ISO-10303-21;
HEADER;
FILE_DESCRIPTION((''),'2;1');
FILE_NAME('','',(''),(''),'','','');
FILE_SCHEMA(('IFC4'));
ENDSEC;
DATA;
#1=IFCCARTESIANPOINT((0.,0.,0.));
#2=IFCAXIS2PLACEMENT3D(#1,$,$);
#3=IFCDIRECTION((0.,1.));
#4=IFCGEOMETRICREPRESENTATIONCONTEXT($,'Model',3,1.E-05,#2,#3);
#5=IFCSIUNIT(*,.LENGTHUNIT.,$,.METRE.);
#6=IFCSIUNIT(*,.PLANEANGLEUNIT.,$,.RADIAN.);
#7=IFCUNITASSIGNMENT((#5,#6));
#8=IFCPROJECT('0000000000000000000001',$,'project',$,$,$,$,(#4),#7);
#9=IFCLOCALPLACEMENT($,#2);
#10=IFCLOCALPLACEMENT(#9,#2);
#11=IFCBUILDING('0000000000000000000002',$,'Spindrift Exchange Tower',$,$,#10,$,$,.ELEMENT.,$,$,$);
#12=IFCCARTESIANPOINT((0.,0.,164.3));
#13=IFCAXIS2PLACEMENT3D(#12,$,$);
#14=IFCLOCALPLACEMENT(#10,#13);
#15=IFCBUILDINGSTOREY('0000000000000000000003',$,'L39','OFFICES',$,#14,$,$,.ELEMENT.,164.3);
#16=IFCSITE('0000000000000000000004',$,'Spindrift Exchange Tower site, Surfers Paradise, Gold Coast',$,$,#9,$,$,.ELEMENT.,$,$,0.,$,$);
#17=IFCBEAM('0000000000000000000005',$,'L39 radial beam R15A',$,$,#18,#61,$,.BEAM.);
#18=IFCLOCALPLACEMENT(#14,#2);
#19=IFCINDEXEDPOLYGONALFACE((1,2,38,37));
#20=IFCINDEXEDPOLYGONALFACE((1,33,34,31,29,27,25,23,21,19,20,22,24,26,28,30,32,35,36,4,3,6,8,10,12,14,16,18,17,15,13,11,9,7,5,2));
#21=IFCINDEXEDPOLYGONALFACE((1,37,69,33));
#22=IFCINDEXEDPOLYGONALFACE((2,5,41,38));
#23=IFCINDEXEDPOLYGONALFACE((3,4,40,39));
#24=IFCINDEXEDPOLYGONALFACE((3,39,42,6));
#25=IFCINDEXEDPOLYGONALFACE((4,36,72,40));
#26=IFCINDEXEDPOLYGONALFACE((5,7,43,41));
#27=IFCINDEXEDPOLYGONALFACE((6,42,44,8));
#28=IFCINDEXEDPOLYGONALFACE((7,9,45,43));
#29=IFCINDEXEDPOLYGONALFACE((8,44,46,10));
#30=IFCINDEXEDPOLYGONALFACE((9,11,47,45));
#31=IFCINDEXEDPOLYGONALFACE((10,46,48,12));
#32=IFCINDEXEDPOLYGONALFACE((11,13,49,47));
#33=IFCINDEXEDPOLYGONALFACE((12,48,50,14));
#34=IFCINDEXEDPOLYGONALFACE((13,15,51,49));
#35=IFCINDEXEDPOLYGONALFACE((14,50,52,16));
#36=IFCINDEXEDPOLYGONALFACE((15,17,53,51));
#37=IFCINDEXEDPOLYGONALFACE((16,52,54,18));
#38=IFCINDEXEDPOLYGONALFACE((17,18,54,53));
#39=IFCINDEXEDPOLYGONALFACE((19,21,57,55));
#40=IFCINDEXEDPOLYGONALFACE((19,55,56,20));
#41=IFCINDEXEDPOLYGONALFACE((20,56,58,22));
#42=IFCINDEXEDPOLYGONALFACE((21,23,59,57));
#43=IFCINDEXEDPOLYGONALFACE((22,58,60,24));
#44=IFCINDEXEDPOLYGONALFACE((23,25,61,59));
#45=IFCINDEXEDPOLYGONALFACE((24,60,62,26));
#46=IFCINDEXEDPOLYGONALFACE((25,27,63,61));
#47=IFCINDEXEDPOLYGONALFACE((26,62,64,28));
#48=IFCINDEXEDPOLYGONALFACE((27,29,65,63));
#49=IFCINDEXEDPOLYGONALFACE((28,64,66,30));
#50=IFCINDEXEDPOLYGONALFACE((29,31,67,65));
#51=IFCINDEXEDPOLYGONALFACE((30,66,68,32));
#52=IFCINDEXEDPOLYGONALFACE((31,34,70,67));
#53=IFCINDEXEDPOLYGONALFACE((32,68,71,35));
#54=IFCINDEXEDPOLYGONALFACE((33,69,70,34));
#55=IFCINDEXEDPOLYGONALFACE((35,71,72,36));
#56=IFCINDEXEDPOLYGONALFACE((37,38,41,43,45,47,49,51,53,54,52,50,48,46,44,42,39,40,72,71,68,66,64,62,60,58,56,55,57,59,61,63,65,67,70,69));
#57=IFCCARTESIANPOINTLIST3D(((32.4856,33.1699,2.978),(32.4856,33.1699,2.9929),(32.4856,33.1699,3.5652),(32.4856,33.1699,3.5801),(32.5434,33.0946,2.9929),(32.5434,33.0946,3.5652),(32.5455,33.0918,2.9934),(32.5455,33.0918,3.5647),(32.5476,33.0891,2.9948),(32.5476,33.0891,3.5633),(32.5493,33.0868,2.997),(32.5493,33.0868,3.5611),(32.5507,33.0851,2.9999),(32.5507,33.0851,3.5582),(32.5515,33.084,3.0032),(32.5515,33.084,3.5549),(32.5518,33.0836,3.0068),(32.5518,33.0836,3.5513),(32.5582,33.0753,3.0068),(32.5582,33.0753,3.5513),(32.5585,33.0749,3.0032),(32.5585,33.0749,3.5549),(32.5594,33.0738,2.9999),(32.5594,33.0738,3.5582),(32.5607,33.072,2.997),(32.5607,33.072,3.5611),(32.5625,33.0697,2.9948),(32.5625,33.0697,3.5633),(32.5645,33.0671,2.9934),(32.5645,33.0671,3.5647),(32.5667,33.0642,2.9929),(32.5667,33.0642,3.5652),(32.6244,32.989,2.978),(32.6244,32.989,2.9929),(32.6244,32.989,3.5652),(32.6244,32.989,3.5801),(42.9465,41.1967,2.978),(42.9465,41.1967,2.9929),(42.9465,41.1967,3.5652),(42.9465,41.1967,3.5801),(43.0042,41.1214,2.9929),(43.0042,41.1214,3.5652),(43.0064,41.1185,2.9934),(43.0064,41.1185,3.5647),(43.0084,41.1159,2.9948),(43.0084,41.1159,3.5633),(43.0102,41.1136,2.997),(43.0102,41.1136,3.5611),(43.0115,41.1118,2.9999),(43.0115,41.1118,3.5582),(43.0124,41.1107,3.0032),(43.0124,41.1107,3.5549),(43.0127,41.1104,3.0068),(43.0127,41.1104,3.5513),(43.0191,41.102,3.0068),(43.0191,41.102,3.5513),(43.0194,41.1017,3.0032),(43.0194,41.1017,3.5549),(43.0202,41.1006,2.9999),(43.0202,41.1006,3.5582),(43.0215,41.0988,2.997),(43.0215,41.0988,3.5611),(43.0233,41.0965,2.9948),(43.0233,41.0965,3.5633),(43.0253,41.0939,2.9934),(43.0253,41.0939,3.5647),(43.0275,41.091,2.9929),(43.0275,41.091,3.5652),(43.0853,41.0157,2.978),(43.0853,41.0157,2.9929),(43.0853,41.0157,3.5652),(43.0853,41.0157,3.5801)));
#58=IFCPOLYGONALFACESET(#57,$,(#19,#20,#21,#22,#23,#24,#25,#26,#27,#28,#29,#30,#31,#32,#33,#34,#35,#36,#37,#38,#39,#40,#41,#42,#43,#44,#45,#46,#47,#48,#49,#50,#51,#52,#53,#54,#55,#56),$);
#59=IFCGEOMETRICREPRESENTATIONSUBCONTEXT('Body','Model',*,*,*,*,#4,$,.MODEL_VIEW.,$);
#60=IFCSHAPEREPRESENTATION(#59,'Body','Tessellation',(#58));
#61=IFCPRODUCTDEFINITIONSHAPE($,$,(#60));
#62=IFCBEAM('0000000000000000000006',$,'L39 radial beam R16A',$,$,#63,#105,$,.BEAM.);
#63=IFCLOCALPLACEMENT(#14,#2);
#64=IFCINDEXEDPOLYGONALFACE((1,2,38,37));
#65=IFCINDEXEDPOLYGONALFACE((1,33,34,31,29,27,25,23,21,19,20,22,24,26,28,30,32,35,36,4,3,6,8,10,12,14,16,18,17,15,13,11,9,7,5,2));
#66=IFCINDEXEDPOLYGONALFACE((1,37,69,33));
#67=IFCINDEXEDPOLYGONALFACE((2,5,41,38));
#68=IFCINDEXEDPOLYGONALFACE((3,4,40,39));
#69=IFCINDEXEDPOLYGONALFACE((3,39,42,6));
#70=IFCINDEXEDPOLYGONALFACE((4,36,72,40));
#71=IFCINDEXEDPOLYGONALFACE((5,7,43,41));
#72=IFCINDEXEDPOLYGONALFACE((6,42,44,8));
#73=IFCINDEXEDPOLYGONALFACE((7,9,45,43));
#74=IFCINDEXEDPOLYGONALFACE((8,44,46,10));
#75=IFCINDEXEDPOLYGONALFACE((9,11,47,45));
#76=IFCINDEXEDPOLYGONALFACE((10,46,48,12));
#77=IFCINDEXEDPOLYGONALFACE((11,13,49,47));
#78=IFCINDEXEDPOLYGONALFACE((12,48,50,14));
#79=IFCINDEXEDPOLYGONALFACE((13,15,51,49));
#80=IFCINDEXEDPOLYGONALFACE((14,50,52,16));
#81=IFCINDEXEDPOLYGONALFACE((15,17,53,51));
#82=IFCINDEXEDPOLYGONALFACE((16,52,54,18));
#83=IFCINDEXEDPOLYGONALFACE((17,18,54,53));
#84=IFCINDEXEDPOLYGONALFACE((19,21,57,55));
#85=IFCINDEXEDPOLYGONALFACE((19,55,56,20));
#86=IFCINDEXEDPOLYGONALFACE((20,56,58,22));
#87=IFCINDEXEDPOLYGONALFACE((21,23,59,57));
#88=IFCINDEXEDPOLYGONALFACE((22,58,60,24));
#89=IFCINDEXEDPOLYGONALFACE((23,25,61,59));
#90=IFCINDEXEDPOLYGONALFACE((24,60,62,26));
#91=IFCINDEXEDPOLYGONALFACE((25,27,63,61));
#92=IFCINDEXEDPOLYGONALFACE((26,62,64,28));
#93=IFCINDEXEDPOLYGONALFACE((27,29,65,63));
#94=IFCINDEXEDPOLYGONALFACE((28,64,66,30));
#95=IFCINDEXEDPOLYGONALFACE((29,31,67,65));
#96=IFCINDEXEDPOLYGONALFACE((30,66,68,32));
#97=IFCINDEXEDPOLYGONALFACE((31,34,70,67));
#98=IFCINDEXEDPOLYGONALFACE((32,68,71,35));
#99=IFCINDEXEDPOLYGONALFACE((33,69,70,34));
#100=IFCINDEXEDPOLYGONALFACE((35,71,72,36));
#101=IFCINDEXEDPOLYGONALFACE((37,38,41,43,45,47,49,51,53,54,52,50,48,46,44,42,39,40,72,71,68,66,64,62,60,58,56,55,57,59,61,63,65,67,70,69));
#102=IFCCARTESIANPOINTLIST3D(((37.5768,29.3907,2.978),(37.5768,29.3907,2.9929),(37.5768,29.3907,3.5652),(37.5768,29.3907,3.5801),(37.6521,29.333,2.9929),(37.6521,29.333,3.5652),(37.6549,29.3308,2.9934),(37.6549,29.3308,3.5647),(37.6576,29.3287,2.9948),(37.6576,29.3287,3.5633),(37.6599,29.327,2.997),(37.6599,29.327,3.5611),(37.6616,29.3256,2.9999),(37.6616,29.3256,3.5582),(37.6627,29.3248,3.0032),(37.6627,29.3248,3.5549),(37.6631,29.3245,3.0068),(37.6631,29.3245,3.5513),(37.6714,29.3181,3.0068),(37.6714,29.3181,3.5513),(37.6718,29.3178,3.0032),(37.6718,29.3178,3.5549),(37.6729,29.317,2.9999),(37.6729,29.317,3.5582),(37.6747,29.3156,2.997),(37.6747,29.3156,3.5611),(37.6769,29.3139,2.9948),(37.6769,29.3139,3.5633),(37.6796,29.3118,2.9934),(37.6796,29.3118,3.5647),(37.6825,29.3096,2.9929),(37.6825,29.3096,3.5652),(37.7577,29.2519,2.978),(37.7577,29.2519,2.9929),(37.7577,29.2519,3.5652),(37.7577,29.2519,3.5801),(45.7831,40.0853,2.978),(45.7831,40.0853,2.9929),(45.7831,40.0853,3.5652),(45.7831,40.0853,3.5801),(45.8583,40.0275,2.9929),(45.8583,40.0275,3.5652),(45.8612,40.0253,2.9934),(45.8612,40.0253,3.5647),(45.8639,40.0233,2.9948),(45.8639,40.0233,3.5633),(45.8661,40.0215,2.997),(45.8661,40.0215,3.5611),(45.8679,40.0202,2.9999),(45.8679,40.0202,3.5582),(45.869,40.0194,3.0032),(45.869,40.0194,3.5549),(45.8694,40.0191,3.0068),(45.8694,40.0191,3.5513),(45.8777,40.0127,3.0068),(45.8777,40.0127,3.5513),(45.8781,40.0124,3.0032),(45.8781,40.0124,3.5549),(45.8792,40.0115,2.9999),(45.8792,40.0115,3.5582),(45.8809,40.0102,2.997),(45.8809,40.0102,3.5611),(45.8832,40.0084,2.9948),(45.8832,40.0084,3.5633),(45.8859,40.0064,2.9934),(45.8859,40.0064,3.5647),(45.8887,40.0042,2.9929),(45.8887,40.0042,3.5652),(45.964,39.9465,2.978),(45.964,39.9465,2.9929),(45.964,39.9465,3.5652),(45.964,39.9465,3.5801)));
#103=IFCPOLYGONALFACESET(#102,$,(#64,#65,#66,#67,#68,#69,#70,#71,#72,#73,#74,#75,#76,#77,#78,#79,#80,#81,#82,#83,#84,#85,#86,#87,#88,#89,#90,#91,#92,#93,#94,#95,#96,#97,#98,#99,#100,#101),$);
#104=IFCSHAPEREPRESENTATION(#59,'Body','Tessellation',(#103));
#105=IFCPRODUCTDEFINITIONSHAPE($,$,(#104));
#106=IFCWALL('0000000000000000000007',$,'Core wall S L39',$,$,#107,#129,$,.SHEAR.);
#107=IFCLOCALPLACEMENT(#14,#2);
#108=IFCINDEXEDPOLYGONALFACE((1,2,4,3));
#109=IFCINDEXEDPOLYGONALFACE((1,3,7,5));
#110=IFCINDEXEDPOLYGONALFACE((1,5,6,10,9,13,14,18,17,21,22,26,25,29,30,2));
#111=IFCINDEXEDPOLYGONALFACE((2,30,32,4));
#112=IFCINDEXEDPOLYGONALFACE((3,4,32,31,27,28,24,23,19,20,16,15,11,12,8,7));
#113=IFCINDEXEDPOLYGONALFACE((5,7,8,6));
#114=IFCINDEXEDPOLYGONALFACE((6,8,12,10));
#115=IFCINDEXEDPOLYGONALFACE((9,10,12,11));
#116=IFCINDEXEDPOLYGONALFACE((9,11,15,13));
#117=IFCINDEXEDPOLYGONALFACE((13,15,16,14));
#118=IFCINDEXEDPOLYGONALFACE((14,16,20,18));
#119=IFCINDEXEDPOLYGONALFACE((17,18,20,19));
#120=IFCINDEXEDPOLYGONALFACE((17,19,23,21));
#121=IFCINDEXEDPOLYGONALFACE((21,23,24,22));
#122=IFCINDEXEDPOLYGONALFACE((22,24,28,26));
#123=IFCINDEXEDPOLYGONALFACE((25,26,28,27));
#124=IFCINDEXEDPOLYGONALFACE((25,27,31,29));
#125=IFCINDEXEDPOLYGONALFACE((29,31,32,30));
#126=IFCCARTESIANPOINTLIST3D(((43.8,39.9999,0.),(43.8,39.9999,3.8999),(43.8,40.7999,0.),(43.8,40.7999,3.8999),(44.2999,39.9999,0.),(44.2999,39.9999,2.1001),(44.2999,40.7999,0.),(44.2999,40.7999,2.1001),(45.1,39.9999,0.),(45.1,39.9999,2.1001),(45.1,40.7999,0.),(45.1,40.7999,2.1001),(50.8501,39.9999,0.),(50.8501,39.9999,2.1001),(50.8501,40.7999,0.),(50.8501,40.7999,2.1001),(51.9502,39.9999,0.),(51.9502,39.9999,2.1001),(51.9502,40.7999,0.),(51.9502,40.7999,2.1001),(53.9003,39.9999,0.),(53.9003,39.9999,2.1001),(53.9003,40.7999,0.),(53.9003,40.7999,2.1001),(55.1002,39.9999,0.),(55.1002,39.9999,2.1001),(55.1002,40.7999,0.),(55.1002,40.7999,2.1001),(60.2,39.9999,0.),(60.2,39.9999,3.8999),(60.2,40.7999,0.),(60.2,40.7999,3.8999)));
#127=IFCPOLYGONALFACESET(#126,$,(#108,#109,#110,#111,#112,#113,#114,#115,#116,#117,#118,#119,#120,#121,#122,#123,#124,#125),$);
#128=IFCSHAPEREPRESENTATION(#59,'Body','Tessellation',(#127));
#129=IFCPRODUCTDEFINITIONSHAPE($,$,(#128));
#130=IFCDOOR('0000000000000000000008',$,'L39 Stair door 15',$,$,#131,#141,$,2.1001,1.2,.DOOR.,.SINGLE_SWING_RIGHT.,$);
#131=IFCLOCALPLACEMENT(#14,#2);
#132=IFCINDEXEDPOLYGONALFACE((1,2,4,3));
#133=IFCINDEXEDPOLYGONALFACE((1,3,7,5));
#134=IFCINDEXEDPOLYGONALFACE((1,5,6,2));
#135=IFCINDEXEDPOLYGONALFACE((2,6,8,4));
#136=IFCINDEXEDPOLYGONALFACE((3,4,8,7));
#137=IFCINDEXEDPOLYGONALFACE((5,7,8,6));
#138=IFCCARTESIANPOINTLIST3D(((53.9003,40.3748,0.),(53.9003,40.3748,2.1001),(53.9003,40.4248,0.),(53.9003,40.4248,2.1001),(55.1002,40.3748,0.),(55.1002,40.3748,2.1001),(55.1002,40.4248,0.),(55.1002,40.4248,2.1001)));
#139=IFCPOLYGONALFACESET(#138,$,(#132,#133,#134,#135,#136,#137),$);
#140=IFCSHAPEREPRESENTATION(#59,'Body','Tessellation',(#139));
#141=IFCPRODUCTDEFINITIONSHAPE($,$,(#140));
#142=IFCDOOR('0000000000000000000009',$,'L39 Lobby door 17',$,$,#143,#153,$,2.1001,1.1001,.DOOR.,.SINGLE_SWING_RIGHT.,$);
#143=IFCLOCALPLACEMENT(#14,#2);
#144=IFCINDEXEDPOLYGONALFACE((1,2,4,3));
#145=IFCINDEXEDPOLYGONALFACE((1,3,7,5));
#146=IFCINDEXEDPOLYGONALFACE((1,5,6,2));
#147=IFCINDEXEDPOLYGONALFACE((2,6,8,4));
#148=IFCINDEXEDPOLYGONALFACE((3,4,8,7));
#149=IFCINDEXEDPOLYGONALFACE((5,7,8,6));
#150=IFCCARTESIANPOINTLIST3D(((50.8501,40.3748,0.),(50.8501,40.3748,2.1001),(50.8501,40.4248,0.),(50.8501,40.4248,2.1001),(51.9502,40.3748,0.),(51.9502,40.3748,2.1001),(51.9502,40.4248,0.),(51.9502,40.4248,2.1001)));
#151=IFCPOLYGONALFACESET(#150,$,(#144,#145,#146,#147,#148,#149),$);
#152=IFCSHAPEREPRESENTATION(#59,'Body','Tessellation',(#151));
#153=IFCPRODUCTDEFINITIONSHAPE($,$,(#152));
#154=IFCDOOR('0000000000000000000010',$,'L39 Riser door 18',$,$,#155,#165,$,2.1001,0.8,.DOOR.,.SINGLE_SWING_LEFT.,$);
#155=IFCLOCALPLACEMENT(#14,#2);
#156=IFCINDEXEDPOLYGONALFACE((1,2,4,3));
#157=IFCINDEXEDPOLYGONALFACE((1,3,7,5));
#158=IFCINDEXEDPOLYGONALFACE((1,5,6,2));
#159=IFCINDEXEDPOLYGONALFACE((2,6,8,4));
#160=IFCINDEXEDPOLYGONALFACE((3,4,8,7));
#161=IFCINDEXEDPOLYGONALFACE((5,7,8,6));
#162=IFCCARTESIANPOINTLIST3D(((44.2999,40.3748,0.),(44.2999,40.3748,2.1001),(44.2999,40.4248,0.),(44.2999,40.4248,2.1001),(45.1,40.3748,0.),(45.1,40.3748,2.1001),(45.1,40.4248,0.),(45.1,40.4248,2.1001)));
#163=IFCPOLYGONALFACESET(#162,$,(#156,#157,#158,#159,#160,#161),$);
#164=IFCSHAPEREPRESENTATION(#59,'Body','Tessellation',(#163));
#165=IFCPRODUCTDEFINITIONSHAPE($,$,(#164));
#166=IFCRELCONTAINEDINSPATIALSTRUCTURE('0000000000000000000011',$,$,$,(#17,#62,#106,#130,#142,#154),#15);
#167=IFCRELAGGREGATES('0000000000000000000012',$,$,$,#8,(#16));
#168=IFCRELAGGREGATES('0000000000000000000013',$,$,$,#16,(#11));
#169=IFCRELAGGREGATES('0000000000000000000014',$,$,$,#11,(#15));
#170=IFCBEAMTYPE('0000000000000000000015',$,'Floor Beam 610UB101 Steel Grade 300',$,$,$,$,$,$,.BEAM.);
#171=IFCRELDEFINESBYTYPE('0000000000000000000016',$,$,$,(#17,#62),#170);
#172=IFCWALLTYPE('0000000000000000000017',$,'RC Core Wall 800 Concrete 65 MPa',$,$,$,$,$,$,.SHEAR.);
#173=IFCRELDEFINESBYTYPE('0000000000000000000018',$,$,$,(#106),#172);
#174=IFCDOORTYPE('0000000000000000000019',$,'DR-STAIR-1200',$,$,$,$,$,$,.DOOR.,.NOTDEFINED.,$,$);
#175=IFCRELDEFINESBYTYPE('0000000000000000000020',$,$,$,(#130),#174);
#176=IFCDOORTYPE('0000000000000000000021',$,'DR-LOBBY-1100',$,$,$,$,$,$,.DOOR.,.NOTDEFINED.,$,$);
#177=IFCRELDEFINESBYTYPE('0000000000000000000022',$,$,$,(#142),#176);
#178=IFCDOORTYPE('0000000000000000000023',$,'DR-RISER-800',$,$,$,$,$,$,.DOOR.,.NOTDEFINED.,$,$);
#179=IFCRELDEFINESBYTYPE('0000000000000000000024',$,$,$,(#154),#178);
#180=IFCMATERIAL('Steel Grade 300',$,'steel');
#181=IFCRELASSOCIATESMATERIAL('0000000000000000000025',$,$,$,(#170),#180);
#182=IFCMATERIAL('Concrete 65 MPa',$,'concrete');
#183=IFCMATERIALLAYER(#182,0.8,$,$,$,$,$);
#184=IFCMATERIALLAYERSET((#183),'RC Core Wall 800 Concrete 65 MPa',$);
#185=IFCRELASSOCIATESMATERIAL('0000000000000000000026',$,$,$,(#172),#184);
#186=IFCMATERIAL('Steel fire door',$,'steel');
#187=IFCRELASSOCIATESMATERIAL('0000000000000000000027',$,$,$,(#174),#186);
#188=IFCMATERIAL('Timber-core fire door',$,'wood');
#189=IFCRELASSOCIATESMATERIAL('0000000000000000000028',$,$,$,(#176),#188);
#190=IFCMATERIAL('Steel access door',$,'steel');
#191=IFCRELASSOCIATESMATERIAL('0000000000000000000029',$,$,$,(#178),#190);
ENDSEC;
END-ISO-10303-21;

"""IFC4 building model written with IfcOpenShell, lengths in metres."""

from ifc_helpers import new_model, si_unit, direction, frame, frame_2d, origin, origin_2d, place, context, subcontext, project, spatial, rectangle, i_section, extrude, source, transform, mapped, material, layer, layer_set, material_profile, profile_set, type_object, element, fill, save


model = new_model("IFC4")

# Units and contexts
model_context = context("Model", 3, precision=1e-05, world=origin(), true_north=direction((0.0, 1.0)))
body_context = subcontext(model_context, "Body", "Model", "MODEL_VIEW")
ifc_project = project(units=[si_unit("LENGTHUNIT", "METRE"), si_unit("PLANEANGLEUNIT", "RADIAN")], contexts=[model_context])

# Site, building, storey
site_placement = place(None, origin())
site = spatial("IfcSite", under=ifc_project, at=site_placement, Name="Spindrift Exchange Tower site, Surfers Paradise, Gold Coast", CompositionType="ELEMENT", RefElevation=0.0)
building_placement = place(site_placement, origin())
building = spatial("IfcBuilding", under=site, at=building_placement, Name="Spindrift Exchange Tower", CompositionType="ELEMENT")
storey_placement = place(building_placement, frame((0.0, 0.0, 164.3)))
storey = spatial("IfcBuildingStorey", under=building, at=storey_placement, Name="L39", Description="OFFICES", CompositionType="ELEMENT", Elevation=164.3)

# Beams
ifc_material_1 = material(Name="Steel Grade 300", Category="steel")
ifc_material_profile = material_profile(ifc_material_1, i_section(OverallWidth=0.228, OverallDepth=0.6021, WebThickness=0.0105, FlangeThickness=0.0149, FilletRadius=0.0139, at=origin_2d()), Name="610UB101")
ifc_profile_set = profile_set([ifc_material_profile], Name="Steel Grade 300")
beam_type = type_object("IfcBeamType", Name="Floor Beam 610UB101 Steel Grade 300", PredefinedType="BEAM", material=ifc_profile_set)
shared_shape_1 = source(origin(), body_context, "Body", "SweptSolid", [
    extrude(i_section(OverallWidth=0.228, OverallDepth=0.6021, WebThickness=0.0105, FlangeThickness=0.0149, FilletRadius=0.0139, at=origin_2d()), origin(), (0.0, 0.0, 1.0), 13.1855),
])
beam_1_placement = place(storey_placement, frame((43.0159, 41.1062, 3.2791), z_axis=(-0.793357, -0.608756, 0.0), x_axis=(0.608756, -0.793357, 0.0)))
element("IfcBeam", 1, at=beam_1_placement, inside=storey, type_object=beam_type, Name="L39 radial beam R15A", PredefinedType="BEAM", context=body_context, shape_type="MappedRepresentation", body=[
    mapped(shared_shape_1, transform((0.0, 0.0, 0.0), scale=1.0)),
])
shared_shape_2 = source(origin(), body_context, "Body", "SweptSolid", [
    extrude(i_section(OverallWidth=0.228, OverallDepth=0.6021, WebThickness=0.0105, FlangeThickness=0.0149, FilletRadius=0.0139, at=origin_2d()), origin(), (0.0, 0.0, 1.0), 13.4802),
])
beam_2_placement = place(storey_placement, frame((45.8735, 40.0159, 3.2791), z_axis=(-0.608764, -0.793351, 0.0), x_axis=(0.793351, -0.608764, 0.0)))
element("IfcBeam", 2, at=beam_2_placement, inside=storey, type_object=beam_type, Name="L39 radial beam R16A", PredefinedType="BEAM", context=body_context, shape_type="MappedRepresentation", body=[
    mapped(shared_shape_2, transform((0.0, 0.0, 0.0), scale=1.0)),
])

# Wall, openings, doors
ifc_material_2 = material(Name="Concrete 65 MPa", Category="concrete")
ifc_layer_1 = layer(ifc_material_2, 0.8)
ifc_layer_set_1 = layer_set([ifc_layer_1], Name="RC Core Wall 800 Concrete 65 MPa")
wall_type_1 = type_object("IfcWallType", Name="RC Core Wall 800 Concrete 65 MPa", PredefinedType="SHEAR", material=ifc_layer_set_1)
wall_1_placement = place(storey_placement, frame((43.8, 40.3999, 0.0), z_axis=(0.0, 0.0, 1.0), x_axis=(1.0, 0.0, 0.0)))
wall_1 = element("IfcWall", 3, at=wall_1_placement, inside=storey, type_object=wall_type_1, Name="Core wall S L39", PredefinedType="SHEAR", context=body_context, shape_type="SweptSolid", body=[
    extrude(rectangle(XDim=16.3999, YDim=0.8, at=frame_2d((8.2, 0.0))), origin(), (0.0, 0.0, 1.0), 3.8999),
])
opening_1_placement = place(wall_1_placement, frame((10.1001, 0.0, 0.0)))
opening_1 = element("IfcOpeningElement", 4, at=opening_1_placement, cuts=wall_1, PredefinedType="OPENING", context=body_context, shape_type="SweptSolid", body=[
    extrude(rectangle(XDim=1.2, YDim=2.1001, at=frame_2d((0.6001, 1.05))), frame((0.0, 0.4099, 0.0), z_axis=(0.0, -1.0, 0.0), x_axis=(1.0, 0.0, 0.0)), (0.0, 0.0, 1.0), 0.8201),
])
opening_2_placement = place(wall_1_placement, frame((7.05, 0.0, 0.0)))
opening_2 = element("IfcOpeningElement", 5, at=opening_2_placement, cuts=wall_1, PredefinedType="OPENING", context=body_context, shape_type="SweptSolid", body=[
    extrude(rectangle(XDim=1.1001, YDim=2.1001, at=frame_2d((0.55, 1.05))), frame((0.0, 0.4099, 0.0), z_axis=(0.0, -1.0, 0.0), x_axis=(1.0, 0.0, 0.0)), (0.0, 0.0, 1.0), 0.8201),
])
opening_3_placement = place(wall_1_placement, frame((0.5, 0.0, 0.0)))
opening_3 = element("IfcOpeningElement", 6, at=opening_3_placement, cuts=wall_1, PredefinedType="OPENING", context=body_context, shape_type="SweptSolid", body=[
    extrude(rectangle(XDim=0.8, YDim=2.1001, at=frame_2d((0.3999, 1.05))), frame((0.0, 0.4099, 0.0), z_axis=(0.0, -1.0, 0.0), x_axis=(1.0, 0.0, 0.0)), (0.0, 0.0, 1.0), 0.8201),
])
ifc_material_3 = material(Name="Steel fire door", Category="steel")
door_type_1 = type_object("IfcDoorType", Name="DR-STAIR-1200", OperationType="NOTDEFINED", PredefinedType="DOOR", material=ifc_material_3)
shared_shape_3 = source(origin(), body_context, "Body", "SweptSolid", [
    extrude(rectangle(XDim=1.2, YDim=2.1001, at=frame_2d((0.6001, 1.05))), frame((0.0, 0.0249, 0.0), z_axis=(0.0, -1.0, 0.0), x_axis=(1.0, 0.0, 0.0)), (0.0, 0.0, 1.0), 0.05),
])
door_1_placement = place(opening_1_placement, origin())
door_1 = element("IfcDoor", 7, at=door_1_placement, inside=storey, type_object=door_type_1, Name="L39 Stair door 15", OperationType="SINGLE_SWING_RIGHT", OverallHeight=2.1001, OverallWidth=1.2, PredefinedType="DOOR", context=body_context, shape_type="MappedRepresentation", body=[
    mapped(shared_shape_3, transform((0.0, 0.0, 0.0), scale=1.0)),
])
fill(opening_1, door_1)
ifc_material_4 = material(Name="Timber-core fire door", Category="wood")
door_type_2 = type_object("IfcDoorType", Name="DR-LOBBY-1100", OperationType="NOTDEFINED", PredefinedType="DOOR", material=ifc_material_4)
shared_shape_4 = source(origin(), body_context, "Body", "SweptSolid", [
    extrude(rectangle(XDim=1.1001, YDim=2.1001, at=frame_2d((0.55, 1.05))), frame((0.0, 0.0249, 0.0), z_axis=(0.0, -1.0, 0.0), x_axis=(1.0, 0.0, 0.0)), (0.0, 0.0, 1.0), 0.05),
])
door_2_placement = place(opening_2_placement, origin())
door_2 = element("IfcDoor", 8, at=door_2_placement, inside=storey, type_object=door_type_2, Name="L39 Lobby door 17", OperationType="SINGLE_SWING_RIGHT", OverallHeight=2.1001, OverallWidth=1.1001, PredefinedType="DOOR", context=body_context, shape_type="MappedRepresentation", body=[
    mapped(shared_shape_4, transform((0.0, 0.0, 0.0), scale=1.0)),
])
fill(opening_2, door_2)
ifc_material_5 = material(Name="Steel access door", Category="steel")
door_type_3 = type_object("IfcDoorType", Name="DR-RISER-800", OperationType="NOTDEFINED", PredefinedType="DOOR", material=ifc_material_5)
shared_shape_5 = source(origin(), body_context, "Body", "SweptSolid", [
    extrude(rectangle(XDim=0.8, YDim=2.1001, at=frame_2d((0.3999, 1.05))), frame((0.0, 0.0249, 0.0), z_axis=(0.0, -1.0, 0.0), x_axis=(1.0, 0.0, 0.0)), (0.0, 0.0, 1.0), 0.05),
])
door_3_placement = place(opening_3_placement, origin())
door_3 = element("IfcDoor", 9, at=door_3_placement, inside=storey, type_object=door_type_3, Name="L39 Riser door 18", OperationType="SINGLE_SWING_LEFT", OverallHeight=2.1001, OverallWidth=0.8, PredefinedType="DOOR", context=body_context, shape_type="MappedRepresentation", body=[
    mapped(shared_shape_5, transform((0.0, 0.0, 0.0), scale=1.0)),
])
fill(opening_3, door_3)

save(model, "model.ifc")
